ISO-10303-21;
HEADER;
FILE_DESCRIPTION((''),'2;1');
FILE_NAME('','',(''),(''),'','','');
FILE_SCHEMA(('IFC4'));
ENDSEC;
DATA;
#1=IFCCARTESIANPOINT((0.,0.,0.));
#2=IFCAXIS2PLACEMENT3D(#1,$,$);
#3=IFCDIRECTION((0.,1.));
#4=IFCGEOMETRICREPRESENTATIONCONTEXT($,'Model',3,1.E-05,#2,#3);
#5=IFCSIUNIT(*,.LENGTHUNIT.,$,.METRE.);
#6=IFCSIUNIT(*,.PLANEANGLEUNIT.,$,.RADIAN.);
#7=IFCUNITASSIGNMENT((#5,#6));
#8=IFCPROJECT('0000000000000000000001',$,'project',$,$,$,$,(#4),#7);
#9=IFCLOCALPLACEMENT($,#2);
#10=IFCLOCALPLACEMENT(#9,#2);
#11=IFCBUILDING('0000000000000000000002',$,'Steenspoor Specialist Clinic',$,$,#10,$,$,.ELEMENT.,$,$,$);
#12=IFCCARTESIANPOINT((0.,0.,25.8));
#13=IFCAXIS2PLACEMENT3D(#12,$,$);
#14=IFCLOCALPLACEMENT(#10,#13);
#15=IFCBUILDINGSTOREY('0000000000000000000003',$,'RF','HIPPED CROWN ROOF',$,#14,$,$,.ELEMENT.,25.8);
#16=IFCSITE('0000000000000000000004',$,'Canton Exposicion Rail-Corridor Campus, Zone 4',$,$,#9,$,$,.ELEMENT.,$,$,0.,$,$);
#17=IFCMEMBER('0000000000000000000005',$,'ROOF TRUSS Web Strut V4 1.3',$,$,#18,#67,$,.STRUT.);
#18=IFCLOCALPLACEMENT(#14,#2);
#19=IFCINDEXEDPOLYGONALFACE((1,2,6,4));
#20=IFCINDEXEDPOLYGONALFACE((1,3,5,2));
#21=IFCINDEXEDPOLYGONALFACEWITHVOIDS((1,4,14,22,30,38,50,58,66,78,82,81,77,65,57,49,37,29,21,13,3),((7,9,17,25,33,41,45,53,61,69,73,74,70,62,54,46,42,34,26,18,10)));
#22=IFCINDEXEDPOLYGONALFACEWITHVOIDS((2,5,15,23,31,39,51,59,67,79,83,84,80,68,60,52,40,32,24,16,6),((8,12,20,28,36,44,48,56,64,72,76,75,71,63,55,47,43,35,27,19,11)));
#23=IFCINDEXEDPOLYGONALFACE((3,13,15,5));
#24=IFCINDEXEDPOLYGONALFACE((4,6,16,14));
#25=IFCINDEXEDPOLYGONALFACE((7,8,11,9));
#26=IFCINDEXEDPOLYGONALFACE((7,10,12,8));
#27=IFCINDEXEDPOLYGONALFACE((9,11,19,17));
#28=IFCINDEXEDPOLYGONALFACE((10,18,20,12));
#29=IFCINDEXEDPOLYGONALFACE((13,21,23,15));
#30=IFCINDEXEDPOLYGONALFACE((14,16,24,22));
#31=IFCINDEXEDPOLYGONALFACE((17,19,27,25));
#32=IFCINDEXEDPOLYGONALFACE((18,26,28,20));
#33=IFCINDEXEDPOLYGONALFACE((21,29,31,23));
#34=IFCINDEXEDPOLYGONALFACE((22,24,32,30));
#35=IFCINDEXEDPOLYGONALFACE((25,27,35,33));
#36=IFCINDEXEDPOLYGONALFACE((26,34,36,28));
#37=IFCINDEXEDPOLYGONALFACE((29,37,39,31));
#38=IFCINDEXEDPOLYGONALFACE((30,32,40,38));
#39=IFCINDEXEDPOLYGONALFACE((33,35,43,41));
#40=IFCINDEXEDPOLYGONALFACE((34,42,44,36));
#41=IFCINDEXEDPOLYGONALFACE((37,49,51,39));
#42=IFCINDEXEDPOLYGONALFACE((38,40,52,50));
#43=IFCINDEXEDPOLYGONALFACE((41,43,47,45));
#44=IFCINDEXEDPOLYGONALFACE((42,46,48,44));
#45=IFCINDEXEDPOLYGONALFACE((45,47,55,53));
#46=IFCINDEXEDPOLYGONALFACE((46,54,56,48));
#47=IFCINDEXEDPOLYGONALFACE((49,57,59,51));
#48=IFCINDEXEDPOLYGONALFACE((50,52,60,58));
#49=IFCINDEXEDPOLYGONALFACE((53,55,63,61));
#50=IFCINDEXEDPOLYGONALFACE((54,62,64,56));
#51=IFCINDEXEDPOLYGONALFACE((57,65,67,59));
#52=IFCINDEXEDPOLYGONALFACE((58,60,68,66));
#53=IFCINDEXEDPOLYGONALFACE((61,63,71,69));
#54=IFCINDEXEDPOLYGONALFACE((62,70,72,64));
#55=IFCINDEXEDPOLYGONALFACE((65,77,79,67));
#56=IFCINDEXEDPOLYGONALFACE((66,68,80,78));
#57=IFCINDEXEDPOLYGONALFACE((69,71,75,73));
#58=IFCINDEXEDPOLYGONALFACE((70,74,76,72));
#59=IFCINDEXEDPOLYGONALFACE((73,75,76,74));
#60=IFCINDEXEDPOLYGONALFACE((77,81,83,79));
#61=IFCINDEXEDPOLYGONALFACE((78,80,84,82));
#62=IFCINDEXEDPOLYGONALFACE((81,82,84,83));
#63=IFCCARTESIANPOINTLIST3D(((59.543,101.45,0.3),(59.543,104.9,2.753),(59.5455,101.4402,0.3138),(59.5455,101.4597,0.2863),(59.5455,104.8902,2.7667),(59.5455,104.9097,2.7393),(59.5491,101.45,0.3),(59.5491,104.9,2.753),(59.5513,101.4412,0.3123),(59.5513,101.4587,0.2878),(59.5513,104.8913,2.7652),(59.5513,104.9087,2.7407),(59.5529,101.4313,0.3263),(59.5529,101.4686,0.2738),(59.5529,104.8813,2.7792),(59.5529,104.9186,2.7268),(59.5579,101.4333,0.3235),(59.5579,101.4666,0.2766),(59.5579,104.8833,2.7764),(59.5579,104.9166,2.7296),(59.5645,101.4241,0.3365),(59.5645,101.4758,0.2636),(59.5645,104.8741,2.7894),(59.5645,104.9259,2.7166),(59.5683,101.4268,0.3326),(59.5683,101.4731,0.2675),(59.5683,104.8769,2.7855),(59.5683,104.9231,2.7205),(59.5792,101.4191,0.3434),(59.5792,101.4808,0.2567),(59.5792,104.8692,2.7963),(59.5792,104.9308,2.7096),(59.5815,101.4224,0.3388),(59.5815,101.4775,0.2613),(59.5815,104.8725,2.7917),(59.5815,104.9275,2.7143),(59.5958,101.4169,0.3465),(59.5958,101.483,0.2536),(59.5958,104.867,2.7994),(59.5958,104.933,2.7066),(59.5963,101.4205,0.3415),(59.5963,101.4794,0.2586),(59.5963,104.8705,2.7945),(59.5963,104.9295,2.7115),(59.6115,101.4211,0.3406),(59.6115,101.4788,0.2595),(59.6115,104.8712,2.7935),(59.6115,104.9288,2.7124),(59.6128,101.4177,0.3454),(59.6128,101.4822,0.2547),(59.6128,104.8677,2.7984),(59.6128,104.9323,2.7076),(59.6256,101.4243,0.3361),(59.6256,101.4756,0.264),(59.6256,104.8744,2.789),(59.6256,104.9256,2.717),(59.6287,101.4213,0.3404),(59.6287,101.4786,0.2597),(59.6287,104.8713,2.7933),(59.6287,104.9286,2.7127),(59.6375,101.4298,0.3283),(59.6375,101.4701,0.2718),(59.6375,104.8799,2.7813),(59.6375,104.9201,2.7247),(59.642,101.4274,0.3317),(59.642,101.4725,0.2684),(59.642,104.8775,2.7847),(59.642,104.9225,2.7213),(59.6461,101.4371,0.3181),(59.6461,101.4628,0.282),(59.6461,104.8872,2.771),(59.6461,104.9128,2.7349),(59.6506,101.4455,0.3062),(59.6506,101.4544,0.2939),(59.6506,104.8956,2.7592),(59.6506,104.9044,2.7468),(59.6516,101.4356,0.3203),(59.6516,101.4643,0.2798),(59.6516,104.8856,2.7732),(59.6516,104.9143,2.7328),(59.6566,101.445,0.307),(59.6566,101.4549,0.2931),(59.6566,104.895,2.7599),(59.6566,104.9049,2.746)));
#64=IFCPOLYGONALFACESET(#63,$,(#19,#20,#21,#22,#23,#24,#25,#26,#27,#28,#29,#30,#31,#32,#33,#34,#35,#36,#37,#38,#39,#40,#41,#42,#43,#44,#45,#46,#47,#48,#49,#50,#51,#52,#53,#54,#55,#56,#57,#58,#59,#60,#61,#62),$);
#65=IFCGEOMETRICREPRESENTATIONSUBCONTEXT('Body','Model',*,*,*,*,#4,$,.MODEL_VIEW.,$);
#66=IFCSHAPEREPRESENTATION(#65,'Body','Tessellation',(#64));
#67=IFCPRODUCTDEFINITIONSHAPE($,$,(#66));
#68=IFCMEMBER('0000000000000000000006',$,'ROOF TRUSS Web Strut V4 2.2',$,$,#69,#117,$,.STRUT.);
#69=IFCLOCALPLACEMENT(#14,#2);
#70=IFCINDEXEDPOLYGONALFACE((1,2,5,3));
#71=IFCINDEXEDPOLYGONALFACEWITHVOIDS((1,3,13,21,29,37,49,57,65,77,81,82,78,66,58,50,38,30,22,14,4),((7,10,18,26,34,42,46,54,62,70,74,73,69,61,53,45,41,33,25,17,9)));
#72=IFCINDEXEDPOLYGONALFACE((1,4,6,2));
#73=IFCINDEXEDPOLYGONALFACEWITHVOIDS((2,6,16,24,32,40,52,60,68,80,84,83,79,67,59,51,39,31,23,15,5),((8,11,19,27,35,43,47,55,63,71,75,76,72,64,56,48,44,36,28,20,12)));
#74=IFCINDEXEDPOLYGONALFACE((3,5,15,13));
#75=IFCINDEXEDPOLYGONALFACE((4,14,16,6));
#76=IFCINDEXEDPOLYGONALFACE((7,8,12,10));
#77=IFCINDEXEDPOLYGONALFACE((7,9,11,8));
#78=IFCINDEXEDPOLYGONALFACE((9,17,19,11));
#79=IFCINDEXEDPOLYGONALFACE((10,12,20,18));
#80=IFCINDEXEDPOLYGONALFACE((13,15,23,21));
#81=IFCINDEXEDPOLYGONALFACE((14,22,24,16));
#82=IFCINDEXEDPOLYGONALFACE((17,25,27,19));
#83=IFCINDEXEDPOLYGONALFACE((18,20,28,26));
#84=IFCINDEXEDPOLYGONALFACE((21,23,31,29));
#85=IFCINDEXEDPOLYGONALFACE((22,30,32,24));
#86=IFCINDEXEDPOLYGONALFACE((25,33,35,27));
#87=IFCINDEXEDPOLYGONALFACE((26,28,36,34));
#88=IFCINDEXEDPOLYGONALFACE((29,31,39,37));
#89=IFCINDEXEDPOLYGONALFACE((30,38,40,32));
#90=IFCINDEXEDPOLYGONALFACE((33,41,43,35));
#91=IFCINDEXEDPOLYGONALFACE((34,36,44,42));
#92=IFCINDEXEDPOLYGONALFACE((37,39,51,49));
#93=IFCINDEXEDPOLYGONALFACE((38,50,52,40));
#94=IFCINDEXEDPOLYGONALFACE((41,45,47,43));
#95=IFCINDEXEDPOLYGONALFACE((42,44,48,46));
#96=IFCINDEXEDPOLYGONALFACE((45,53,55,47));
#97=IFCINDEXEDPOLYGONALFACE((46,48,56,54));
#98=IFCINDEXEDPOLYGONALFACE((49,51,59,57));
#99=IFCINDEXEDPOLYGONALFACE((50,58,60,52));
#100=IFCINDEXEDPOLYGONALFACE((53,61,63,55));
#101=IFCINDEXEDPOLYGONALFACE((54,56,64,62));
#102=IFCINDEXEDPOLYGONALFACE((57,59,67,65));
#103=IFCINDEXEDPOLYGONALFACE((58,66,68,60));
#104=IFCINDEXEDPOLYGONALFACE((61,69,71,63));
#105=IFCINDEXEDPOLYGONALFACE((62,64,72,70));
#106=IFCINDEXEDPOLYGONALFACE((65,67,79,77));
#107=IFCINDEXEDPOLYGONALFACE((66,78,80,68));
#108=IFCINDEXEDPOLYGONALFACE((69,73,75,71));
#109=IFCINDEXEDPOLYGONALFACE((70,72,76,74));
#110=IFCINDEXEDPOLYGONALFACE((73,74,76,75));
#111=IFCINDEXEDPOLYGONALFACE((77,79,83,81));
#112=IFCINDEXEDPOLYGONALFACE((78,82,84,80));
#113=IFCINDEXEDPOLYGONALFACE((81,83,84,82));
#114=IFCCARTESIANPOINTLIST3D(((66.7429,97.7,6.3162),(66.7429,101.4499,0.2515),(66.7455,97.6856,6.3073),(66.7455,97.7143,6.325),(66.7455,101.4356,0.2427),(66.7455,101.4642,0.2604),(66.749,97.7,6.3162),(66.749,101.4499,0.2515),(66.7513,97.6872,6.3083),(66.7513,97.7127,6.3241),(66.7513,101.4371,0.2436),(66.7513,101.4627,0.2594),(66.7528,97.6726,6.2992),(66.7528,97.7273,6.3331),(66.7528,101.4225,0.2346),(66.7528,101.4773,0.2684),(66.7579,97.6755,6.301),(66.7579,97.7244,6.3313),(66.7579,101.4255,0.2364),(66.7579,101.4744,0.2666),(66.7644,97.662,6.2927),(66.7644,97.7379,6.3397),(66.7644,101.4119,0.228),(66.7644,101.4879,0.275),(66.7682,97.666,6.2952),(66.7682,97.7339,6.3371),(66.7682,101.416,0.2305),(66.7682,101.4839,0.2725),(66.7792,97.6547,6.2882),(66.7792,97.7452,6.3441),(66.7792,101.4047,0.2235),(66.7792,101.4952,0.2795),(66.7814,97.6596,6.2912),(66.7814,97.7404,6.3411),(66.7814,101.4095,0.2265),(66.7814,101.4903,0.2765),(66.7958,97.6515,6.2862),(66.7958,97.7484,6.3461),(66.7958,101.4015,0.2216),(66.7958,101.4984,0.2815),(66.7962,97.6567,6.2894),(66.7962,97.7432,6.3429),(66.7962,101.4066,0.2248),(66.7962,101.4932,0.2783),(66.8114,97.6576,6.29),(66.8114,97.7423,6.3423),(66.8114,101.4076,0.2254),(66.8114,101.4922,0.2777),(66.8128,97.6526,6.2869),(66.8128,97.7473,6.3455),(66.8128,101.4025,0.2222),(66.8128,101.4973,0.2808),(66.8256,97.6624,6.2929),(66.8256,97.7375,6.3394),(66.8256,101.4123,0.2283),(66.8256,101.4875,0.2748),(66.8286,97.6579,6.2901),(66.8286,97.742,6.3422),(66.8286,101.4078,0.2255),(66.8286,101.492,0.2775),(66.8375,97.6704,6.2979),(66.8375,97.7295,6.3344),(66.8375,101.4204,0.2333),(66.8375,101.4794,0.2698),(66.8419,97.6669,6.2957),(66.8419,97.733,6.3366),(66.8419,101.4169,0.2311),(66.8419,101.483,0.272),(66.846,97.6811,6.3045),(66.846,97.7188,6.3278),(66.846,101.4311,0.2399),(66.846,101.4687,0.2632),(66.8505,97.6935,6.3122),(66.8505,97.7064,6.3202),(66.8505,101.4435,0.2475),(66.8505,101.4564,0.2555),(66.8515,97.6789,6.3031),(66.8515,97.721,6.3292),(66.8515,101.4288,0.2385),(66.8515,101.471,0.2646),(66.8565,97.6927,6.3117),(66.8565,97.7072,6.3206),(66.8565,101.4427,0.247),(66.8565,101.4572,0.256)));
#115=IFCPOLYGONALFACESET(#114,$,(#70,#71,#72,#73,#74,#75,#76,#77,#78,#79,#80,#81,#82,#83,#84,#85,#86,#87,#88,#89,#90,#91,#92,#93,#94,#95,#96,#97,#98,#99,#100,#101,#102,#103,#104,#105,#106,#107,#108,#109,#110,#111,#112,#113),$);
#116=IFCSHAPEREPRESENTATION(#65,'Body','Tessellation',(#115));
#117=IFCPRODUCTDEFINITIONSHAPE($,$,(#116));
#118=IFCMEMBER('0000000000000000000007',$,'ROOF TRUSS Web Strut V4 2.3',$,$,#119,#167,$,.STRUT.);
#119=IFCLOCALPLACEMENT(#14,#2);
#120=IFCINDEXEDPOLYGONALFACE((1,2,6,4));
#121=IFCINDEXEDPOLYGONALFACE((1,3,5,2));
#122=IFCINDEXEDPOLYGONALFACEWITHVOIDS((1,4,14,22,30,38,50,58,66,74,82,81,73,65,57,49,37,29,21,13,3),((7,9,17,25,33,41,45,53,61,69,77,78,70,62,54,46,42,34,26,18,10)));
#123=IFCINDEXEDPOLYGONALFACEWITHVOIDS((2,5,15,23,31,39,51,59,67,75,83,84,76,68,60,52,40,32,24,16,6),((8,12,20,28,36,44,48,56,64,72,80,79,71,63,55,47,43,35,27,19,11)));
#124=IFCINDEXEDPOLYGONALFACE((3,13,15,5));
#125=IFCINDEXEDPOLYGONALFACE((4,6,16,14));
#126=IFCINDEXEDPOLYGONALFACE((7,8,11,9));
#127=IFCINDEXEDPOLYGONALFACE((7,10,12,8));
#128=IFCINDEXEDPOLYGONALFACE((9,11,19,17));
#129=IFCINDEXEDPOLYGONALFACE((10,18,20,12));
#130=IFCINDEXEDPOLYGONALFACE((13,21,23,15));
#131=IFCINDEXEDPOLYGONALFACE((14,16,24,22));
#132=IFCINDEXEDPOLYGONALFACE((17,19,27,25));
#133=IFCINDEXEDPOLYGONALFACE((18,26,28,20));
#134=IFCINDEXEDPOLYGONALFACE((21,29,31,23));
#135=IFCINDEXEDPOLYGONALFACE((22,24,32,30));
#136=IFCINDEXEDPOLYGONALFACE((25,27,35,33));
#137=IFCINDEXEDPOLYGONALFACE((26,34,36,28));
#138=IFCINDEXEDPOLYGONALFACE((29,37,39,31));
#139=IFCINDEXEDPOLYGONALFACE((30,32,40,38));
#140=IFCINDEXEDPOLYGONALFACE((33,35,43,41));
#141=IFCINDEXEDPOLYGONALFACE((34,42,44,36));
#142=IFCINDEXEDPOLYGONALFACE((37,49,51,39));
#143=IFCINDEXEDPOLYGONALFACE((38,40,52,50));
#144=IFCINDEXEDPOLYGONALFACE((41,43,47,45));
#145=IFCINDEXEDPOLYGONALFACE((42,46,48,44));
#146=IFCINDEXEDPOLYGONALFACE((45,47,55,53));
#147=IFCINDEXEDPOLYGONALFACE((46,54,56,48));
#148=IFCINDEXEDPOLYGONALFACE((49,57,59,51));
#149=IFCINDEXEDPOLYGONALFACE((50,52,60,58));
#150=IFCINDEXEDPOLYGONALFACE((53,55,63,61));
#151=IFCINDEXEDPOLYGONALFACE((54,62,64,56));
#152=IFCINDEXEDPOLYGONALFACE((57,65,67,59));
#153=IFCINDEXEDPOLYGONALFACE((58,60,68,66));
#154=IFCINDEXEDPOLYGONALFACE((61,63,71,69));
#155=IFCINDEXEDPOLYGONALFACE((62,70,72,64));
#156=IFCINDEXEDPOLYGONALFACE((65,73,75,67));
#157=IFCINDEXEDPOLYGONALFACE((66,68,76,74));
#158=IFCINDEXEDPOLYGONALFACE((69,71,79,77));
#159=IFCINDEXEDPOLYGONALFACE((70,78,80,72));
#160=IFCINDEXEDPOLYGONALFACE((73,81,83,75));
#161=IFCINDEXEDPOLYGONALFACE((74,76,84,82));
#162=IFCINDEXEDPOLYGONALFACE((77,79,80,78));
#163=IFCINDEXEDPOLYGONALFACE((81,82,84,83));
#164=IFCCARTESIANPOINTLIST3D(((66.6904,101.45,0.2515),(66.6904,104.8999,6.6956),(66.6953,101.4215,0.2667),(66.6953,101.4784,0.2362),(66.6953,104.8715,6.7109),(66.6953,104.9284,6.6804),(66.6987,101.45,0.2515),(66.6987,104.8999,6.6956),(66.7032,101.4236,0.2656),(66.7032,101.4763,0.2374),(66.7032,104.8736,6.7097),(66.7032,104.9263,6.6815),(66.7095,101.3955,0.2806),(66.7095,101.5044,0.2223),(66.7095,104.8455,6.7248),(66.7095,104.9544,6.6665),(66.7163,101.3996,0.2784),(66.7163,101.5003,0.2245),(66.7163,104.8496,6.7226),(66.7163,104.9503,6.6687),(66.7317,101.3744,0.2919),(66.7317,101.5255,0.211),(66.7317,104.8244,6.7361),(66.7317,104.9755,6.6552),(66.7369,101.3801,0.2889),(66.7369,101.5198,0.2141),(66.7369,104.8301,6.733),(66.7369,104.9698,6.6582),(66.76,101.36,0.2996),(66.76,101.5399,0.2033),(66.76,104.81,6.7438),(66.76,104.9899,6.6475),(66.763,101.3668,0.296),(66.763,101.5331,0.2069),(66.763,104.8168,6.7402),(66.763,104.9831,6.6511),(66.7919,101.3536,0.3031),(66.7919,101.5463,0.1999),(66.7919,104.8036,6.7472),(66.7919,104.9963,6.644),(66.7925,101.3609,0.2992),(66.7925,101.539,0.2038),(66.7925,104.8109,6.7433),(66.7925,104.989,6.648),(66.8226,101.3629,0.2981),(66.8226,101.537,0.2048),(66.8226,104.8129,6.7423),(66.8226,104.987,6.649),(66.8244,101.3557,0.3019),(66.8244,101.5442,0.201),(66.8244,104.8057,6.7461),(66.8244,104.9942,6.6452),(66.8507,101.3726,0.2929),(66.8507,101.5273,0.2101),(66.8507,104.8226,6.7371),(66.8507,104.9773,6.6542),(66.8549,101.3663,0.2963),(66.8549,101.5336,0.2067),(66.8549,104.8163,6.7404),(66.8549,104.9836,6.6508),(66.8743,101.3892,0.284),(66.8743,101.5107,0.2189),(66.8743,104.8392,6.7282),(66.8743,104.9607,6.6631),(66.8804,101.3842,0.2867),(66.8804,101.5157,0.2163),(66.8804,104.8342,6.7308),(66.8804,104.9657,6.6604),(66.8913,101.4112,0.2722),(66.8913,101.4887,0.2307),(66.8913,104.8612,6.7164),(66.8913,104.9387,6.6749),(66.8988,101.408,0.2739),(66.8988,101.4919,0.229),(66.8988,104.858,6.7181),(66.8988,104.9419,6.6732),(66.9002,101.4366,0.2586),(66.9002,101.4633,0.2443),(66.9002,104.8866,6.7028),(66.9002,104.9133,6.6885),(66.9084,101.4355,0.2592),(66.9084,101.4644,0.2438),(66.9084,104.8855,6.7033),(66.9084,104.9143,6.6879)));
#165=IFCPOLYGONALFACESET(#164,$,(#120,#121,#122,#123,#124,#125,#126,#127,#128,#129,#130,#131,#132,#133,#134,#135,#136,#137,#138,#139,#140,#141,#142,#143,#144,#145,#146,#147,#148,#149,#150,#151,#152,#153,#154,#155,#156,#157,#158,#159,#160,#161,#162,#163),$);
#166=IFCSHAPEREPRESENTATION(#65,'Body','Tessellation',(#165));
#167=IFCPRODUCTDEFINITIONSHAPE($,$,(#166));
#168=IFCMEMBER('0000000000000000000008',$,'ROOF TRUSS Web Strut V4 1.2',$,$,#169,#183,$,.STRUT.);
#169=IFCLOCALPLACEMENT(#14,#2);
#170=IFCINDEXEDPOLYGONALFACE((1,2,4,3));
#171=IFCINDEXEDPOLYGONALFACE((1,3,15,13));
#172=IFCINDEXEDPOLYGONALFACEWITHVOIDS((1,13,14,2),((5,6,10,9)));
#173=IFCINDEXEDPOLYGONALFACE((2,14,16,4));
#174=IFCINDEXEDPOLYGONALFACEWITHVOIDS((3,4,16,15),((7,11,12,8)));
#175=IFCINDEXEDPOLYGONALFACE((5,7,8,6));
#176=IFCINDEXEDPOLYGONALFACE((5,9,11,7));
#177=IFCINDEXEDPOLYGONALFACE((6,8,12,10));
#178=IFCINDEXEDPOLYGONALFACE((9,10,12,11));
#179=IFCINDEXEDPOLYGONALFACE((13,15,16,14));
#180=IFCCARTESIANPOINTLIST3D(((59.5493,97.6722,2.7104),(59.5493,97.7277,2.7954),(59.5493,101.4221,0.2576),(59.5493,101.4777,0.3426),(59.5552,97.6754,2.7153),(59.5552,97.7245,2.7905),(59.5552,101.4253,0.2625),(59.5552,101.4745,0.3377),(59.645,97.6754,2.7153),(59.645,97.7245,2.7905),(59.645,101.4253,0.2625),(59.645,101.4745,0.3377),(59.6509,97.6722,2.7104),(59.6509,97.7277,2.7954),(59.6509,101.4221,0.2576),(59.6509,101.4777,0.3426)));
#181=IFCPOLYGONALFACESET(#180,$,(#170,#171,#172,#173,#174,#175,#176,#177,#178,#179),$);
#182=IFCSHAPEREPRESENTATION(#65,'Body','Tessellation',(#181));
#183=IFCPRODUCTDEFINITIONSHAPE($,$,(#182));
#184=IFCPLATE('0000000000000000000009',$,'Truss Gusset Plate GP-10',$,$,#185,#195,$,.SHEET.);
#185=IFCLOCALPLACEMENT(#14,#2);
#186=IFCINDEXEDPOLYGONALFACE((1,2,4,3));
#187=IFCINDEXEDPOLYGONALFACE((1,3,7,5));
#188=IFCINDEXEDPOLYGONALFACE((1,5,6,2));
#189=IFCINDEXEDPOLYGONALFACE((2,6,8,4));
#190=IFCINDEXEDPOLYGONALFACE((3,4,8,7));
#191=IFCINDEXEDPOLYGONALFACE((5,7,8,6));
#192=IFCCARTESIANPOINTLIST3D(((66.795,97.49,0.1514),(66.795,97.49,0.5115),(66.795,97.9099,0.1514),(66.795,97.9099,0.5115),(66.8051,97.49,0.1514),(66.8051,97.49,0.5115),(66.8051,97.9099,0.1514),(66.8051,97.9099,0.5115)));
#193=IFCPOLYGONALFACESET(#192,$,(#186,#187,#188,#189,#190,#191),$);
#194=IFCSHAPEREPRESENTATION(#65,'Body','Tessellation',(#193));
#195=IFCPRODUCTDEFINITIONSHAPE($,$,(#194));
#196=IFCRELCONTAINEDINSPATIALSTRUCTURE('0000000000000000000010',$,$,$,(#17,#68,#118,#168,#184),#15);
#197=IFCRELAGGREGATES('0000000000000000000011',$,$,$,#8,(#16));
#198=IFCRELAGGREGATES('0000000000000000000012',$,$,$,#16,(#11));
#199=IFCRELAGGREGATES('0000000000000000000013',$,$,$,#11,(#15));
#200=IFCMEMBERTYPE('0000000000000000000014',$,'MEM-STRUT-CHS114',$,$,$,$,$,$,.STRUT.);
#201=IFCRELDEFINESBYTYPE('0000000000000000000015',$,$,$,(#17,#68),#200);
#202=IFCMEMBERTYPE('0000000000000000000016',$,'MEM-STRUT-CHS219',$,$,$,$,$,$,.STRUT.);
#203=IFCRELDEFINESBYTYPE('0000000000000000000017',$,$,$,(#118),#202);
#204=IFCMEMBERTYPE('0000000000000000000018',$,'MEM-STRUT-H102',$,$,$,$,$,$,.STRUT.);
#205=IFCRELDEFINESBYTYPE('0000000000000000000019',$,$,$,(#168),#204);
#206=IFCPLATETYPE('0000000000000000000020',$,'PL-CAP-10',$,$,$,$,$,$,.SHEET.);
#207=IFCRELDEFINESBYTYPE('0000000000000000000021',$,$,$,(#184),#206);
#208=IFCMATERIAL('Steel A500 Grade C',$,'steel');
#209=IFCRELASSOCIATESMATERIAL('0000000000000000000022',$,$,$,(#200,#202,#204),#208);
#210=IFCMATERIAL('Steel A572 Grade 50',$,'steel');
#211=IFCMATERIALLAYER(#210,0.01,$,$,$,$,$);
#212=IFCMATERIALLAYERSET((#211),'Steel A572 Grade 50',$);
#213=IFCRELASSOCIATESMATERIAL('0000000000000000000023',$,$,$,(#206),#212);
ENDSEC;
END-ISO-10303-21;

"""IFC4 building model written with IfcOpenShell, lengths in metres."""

from ifc_helpers import new_model, si_unit, direction, frame, origin, origin_2d, place, context, subcontext, project, spatial, rectangle, hollow_rectangle, hollow_circle, extrude, material, layer, layer_set, material_profile, profile_set, type_object, element, save


model = new_model("IFC4")

# Units and contexts
model_context = context("Model", 3, precision=1e-05, world=origin(), true_north=direction((0.0, 1.0)))
body_context = subcontext(model_context, "Body", "Model", "MODEL_VIEW")
ifc_project = project(units=[si_unit("LENGTHUNIT", "METRE"), si_unit("PLANEANGLEUNIT", "RADIAN")], contexts=[model_context])

# Site, building, storey
site_placement = place(None, origin())
site = spatial("IfcSite", under=ifc_project, at=site_placement, Name="Canton Exposicion Rail-Corridor Campus, Zone 4", CompositionType="ELEMENT", RefElevation=0.0)
building_placement = place(site_placement, origin())
building = spatial("IfcBuilding", under=site, at=building_placement, Name="Steenspoor Specialist Clinic", CompositionType="ELEMENT")
storey_placement = place(building_placement, frame((0.0, 0.0, 25.8)))
storey = spatial("IfcBuildingStorey", under=building, at=storey_placement, Name="RF", Description="HIPPED CROWN ROOF", CompositionType="ELEMENT", Elevation=25.8)

# Members
ifc_material_1 = material(Name="Steel A500 Grade C", Category="steel")
ifc_material_profile_1 = material_profile(ifc_material_1, hollow_circle(Radius=0.0571, WallThickness=0.0061, at=origin_2d()), Name="CHS114X6.0")
ifc_profile_set_1 = profile_set([ifc_material_profile_1], Name="Steel A500 Grade C")
member_type_1 = type_object("IfcMemberType", Name="MEM-STRUT-CHS114", PredefinedType="STRUT", material=ifc_profile_set_1)
member_1_placement = place(storey_placement, frame((59.6001, 101.45, 0.3), z_axis=(0.0, 0.815002, 0.579458), x_axis=(-1.0, 0.0, 0.0)))
element("IfcMember", 1, at=member_1_placement, inside=storey, type_object=member_type_1, Name="ROOF TRUSS Web Strut V4 1.3", PredefinedType="STRUT", context=body_context, shape_type="SweptSolid", body=[
    extrude(hollow_circle(Radius=0.0571, WallThickness=0.0061, at=origin_2d()), origin(), (0.0, 0.0, 1.0), 4.2332),
])
member_2_placement = place(storey_placement, frame((66.8, 97.7, 6.3162), z_axis=(0.0, 0.525915, -0.850537), x_axis=(-1.0, 0.0, 0.0)))
element("IfcMember", 2, at=member_2_placement, inside=storey, type_object=member_type_1, Name="ROOF TRUSS Web Strut V4 2.2", PredefinedType="STRUT", context=body_context, shape_type="SweptSolid", body=[
    extrude(hollow_circle(Radius=0.0571, WallThickness=0.0061, at=origin_2d()), origin(), (0.0, 0.0, 1.0), 7.1304),
])
ifc_material_profile_2 = material_profile(ifc_material_1, hollow_circle(Radius=0.1096, WallThickness=0.0083, at=origin_2d()), Name="CHS219X8.2")
ifc_profile_set_2 = profile_set([ifc_material_profile_2], Name="Steel A500 Grade C")
member_type_2 = type_object("IfcMemberType", Name="MEM-STRUT-CHS219", PredefinedType="STRUT", material=ifc_profile_set_2)
member_3_placement = place(storey_placement, frame((66.8, 101.45, 0.2515), z_axis=(0.0, 0.471983, 0.881608), x_axis=(-1.0, 0.0, 0.0)))
element("IfcMember", 3, at=member_3_placement, inside=storey, type_object=member_type_2, Name="ROOF TRUSS Web Strut V4 2.3", PredefinedType="STRUT", context=body_context, shape_type="SweptSolid", body=[
    extrude(hollow_circle(Radius=0.1096, WallThickness=0.0083, at=origin_2d()), origin(), (0.0, 0.0, 1.0), 7.3096),
])
ifc_material_profile_3 = material_profile(ifc_material_1, hollow_rectangle(XDim=0.1016, YDim=0.1016, WallThickness=0.0059, at=origin_2d()), Name="HSS102X102X6.4")
ifc_profile_set_3 = profile_set([ifc_material_profile_3], Name="Steel A500 Grade C")
member_type_3 = type_object("IfcMemberType", Name="MEM-STRUT-H102", PredefinedType="STRUT", material=ifc_profile_set_3)
member_4_placement = place(storey_placement, frame((59.6001, 97.7, 2.7529), z_axis=(0.0, 0.836872, -0.547399), x_axis=(-1.0, 0.0, 0.0)))
element("IfcMember", 4, at=member_4_placement, inside=storey, type_object=member_type_3, Name="ROOF TRUSS Web Strut V4 1.2", PredefinedType="STRUT", context=body_context, shape_type="SweptSolid", body=[
    extrude(hollow_rectangle(XDim=0.1016, YDim=0.1016, WallThickness=0.0059, at=origin_2d()), origin(), (0.0, 0.0, 1.0), 4.481),
])

# Plate
ifc_material_2 = material(Name="Steel A572 Grade 50", Category="steel")
ifc_layer_1 = layer(ifc_material_2, 0.01)
ifc_layer_set_1 = layer_set([ifc_layer_1], Name="Steel A572 Grade 50")
plate_type_1 = type_object("IfcPlateType", Name="PL-CAP-10", PredefinedType="SHEET", material=ifc_layer_set_1)
plate_1_placement = place(storey_placement, frame((66.8, 97.7, 0.1514), z_axis=(0.0, 0.0, 1.0), x_axis=(1.0, 0.0, 0.0)))
element("IfcPlate", 5, at=plate_1_placement, inside=storey, type_object=plate_type_1, Name="Truss Gusset Plate GP-10", PredefinedType="SHEET", context=body_context, shape_type="SweptSolid", body=[
    extrude(rectangle(XDim=0.01, YDim=0.4199, at=origin_2d()), origin(), (0.0, 0.0, 1.0), 0.3601),
])

save(model, "model.ifc")
